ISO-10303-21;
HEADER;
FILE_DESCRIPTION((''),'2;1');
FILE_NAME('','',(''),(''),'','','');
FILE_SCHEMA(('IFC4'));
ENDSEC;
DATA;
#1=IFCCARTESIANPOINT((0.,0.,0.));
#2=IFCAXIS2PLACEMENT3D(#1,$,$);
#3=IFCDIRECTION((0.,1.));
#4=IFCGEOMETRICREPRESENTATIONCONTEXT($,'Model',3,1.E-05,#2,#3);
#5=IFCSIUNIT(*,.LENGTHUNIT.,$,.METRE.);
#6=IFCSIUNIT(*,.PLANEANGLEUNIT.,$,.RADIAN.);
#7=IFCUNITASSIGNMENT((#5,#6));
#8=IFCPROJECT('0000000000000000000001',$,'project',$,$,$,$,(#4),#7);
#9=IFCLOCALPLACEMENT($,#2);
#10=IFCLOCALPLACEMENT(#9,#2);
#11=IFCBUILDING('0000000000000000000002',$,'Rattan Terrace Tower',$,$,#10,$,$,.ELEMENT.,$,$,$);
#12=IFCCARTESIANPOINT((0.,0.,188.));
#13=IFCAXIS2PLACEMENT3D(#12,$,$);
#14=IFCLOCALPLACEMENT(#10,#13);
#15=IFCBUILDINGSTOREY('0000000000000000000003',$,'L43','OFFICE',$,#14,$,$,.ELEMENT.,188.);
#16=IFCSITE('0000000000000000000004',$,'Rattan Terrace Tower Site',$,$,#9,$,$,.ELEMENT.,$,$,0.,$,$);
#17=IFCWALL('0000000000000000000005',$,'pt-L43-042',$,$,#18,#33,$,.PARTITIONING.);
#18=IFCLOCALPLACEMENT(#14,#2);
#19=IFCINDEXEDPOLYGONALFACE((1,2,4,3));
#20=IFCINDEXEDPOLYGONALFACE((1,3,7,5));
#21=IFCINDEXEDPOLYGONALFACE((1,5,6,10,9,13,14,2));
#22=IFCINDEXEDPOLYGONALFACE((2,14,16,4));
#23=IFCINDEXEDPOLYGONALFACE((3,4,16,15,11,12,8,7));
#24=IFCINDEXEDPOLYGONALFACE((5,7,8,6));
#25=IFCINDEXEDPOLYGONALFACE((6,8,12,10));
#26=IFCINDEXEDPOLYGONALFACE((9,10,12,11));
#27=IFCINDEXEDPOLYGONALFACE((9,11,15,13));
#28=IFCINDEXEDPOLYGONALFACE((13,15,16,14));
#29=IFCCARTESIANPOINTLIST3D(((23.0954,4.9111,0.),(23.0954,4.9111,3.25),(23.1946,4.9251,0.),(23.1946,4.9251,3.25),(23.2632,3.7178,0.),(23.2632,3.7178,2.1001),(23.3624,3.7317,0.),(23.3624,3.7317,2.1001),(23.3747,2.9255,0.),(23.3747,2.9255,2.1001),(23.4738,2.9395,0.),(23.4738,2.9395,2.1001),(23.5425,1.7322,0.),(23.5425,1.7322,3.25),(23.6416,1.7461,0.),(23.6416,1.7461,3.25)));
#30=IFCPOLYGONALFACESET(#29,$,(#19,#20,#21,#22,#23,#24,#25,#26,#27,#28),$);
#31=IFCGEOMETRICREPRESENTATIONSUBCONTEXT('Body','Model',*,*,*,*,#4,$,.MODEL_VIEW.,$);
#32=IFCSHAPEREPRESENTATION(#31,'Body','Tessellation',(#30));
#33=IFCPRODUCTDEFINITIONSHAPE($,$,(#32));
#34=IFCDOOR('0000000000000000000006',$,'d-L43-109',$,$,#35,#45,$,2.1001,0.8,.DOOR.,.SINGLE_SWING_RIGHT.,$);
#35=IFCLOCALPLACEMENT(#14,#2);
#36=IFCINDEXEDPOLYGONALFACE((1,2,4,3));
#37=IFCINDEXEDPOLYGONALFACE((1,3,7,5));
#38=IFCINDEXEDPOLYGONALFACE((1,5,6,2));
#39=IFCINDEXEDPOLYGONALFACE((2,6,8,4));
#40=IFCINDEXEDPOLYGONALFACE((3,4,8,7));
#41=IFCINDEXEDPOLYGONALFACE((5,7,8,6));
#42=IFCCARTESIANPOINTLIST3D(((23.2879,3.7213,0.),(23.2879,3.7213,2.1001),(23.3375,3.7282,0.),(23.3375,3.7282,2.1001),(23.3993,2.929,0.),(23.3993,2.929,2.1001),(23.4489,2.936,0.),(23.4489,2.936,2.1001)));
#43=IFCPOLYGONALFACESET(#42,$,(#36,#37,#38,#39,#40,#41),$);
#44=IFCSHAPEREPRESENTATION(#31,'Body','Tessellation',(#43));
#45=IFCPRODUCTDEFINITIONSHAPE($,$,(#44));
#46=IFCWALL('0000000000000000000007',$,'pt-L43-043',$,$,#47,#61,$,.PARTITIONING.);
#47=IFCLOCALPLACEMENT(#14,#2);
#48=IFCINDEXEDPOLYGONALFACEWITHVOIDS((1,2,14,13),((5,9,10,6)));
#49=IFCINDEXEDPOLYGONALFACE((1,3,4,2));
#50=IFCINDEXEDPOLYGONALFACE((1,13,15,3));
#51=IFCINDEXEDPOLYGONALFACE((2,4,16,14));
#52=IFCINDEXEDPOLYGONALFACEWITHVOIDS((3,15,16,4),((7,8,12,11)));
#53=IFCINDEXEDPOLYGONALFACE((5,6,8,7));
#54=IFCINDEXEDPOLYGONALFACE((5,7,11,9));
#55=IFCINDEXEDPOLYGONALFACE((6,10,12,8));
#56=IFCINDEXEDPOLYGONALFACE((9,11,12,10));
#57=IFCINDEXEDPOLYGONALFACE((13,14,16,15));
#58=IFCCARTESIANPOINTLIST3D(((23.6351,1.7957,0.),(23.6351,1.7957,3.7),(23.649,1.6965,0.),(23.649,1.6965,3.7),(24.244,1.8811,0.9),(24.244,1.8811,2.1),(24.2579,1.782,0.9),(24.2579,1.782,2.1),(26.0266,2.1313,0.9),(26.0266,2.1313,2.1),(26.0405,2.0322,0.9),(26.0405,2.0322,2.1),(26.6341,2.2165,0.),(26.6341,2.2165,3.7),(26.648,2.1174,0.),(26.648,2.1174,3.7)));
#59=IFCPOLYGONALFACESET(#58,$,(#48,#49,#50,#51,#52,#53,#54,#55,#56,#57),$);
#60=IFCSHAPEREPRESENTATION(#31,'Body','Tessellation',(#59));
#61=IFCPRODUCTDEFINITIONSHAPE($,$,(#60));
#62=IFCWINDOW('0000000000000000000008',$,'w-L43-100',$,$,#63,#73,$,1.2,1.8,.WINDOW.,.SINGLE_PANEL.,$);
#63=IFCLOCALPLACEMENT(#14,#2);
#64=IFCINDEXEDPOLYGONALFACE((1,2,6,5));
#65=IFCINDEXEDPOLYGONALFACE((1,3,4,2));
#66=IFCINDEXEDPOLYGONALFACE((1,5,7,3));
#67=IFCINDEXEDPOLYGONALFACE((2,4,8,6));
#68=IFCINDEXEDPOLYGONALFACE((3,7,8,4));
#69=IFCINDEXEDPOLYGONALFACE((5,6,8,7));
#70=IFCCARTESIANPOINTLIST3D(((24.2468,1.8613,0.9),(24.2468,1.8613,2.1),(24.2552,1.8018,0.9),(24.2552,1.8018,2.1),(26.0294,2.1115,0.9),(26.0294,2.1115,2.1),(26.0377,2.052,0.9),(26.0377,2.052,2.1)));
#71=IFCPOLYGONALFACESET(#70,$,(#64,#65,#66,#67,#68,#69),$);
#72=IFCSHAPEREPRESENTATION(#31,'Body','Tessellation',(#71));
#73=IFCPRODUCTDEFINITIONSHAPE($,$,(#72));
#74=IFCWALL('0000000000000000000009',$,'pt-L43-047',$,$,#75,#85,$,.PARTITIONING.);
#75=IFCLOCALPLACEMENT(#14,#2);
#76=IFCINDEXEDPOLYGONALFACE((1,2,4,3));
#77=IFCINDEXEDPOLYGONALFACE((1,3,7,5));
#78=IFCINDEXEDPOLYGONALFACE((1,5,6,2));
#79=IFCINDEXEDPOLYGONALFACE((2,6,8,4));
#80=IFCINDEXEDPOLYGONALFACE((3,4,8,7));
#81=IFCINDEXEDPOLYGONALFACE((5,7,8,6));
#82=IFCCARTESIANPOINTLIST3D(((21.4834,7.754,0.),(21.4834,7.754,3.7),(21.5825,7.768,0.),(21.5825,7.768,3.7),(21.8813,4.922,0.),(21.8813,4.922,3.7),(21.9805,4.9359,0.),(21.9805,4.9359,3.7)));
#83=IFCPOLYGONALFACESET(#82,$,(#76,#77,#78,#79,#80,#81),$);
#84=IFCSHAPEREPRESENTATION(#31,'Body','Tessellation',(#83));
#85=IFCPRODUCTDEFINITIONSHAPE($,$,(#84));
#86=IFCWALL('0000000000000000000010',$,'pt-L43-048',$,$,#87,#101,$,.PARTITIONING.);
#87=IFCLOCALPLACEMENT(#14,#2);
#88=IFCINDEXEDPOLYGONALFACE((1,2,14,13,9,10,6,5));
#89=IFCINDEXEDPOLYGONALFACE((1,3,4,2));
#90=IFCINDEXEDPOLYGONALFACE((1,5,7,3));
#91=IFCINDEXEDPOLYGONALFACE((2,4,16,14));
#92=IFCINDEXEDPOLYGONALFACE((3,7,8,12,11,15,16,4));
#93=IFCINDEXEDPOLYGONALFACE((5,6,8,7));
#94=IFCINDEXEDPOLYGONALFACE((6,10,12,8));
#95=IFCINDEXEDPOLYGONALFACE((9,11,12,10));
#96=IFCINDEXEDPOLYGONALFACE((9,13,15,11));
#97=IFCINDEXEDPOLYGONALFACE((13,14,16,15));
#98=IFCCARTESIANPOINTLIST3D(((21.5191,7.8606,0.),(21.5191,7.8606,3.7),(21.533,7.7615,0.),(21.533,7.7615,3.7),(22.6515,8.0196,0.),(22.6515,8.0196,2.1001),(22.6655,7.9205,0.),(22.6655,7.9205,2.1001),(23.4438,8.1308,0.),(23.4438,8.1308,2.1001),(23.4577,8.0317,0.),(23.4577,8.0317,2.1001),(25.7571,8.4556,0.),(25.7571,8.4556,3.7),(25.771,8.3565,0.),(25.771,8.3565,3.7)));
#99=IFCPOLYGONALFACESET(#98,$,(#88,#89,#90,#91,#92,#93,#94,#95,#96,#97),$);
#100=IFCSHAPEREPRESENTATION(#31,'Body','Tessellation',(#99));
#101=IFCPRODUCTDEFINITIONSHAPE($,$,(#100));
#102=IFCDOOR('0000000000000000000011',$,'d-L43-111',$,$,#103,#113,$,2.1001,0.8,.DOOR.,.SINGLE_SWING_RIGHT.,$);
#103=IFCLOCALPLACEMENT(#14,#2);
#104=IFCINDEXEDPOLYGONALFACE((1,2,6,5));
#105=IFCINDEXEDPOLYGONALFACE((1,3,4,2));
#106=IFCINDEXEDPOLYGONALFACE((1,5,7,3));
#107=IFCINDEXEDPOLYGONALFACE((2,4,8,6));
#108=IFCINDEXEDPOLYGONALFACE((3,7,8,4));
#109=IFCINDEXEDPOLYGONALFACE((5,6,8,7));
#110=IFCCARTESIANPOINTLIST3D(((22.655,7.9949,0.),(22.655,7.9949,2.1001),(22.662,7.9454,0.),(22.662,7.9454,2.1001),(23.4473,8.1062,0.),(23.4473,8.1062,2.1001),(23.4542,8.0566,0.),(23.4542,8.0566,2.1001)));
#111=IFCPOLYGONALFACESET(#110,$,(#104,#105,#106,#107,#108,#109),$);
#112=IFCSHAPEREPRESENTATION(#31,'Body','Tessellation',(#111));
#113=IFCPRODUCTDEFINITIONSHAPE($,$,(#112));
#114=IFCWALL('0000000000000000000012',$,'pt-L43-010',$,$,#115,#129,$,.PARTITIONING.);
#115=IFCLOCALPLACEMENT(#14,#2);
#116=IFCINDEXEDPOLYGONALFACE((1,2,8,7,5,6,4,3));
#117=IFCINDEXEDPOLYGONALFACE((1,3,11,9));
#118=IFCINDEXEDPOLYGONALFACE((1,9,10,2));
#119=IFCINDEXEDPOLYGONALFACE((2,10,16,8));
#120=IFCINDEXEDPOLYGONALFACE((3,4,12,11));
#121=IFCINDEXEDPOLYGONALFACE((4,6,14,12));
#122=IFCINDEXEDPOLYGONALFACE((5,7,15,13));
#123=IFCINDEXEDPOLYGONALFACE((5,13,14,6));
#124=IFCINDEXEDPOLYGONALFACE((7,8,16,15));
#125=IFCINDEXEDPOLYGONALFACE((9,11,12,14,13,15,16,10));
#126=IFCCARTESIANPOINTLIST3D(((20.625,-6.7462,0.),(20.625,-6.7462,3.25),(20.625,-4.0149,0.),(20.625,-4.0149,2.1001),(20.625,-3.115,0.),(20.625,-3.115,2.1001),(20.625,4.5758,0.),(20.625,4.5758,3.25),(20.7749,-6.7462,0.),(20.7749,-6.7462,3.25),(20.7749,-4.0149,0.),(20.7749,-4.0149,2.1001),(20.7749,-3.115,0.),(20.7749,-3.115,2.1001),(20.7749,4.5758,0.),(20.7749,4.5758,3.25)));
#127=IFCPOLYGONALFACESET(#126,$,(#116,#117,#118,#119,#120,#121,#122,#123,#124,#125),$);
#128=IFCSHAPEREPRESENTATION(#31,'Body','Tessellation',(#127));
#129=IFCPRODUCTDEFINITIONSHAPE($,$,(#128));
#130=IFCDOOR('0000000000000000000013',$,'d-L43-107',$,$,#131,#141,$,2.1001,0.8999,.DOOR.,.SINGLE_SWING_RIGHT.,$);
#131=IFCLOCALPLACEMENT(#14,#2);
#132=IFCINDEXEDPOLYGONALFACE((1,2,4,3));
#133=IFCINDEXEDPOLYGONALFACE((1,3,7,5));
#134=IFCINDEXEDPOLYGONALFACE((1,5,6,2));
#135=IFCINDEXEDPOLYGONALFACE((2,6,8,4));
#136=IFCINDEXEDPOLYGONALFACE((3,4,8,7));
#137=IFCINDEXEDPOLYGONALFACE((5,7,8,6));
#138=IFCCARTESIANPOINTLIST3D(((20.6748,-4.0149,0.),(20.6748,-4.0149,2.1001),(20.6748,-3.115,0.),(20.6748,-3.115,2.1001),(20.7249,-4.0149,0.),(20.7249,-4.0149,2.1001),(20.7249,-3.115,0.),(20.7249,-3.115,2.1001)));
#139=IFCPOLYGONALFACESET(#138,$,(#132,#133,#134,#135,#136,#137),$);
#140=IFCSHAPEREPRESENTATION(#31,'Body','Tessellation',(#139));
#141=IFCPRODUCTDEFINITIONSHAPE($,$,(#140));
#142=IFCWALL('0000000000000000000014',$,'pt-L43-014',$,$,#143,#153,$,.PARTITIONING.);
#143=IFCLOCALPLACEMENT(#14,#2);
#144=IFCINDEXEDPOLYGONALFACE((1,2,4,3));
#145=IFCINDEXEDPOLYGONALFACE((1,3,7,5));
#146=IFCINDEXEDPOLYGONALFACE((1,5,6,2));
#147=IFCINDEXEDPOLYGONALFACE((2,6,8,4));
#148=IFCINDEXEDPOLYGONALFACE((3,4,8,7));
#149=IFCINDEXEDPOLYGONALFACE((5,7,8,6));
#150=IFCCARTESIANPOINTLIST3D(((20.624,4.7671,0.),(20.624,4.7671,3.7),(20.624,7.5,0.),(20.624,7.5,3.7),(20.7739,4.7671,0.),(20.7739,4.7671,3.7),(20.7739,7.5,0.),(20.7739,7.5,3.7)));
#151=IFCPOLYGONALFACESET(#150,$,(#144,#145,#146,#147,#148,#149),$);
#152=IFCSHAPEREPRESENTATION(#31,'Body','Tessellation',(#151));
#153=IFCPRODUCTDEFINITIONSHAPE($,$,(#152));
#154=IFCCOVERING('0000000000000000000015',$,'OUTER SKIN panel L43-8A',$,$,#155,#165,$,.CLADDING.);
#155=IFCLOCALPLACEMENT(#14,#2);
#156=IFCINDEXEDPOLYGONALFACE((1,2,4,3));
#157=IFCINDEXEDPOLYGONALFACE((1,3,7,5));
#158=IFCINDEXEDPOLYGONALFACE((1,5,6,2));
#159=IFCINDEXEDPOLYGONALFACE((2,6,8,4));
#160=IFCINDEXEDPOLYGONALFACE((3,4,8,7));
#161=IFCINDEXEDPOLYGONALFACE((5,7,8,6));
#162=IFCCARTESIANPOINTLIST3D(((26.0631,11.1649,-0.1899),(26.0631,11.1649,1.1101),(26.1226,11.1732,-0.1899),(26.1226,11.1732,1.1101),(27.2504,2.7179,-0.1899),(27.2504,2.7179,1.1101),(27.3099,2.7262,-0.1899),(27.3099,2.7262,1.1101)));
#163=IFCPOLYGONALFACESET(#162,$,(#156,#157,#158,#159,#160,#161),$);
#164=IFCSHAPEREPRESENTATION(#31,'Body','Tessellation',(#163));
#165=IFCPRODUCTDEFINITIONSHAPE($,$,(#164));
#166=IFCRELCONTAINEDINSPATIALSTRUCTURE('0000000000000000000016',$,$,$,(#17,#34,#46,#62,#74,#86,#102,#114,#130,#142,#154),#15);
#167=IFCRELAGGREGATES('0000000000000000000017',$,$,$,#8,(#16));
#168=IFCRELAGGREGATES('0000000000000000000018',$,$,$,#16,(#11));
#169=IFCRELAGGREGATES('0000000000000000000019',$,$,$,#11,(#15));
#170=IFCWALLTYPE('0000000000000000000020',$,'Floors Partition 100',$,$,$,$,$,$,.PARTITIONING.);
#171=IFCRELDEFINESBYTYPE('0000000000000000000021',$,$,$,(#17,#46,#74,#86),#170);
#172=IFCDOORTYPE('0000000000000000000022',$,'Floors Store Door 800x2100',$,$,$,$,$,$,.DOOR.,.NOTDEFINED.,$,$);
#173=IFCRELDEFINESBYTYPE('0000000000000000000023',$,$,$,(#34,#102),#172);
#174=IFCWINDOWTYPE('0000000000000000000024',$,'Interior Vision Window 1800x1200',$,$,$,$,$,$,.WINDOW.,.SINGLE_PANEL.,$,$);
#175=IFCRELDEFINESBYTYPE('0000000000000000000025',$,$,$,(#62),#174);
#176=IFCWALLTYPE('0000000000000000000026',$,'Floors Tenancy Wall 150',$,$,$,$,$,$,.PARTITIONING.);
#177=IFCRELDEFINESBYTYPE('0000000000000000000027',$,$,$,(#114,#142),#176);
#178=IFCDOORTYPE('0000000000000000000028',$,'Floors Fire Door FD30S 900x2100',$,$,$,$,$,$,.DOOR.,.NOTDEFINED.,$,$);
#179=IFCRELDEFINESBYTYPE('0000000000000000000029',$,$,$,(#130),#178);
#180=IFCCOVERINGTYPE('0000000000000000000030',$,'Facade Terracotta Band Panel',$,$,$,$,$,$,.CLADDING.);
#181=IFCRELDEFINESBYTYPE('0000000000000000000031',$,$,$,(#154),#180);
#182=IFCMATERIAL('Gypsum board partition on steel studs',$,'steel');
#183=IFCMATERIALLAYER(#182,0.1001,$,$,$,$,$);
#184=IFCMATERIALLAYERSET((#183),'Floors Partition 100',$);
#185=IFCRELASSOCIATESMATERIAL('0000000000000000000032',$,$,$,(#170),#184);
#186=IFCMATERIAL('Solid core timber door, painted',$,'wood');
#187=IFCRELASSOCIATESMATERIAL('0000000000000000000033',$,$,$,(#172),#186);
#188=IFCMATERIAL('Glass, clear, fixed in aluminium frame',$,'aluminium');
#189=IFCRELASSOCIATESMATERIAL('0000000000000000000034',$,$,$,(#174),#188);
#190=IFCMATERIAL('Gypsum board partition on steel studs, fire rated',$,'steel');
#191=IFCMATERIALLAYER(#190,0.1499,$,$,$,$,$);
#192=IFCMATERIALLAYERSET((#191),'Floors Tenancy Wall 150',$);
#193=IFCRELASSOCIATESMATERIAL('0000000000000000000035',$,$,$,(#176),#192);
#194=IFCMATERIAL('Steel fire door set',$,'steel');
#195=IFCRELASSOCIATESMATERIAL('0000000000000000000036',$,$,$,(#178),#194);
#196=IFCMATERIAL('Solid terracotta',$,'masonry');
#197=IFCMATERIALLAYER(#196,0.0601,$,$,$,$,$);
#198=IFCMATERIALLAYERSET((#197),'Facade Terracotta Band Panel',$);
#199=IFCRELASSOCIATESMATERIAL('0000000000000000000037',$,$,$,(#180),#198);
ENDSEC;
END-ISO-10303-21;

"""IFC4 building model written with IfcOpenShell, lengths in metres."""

from ifc_helpers import new_model, si_unit, direction, frame, frame_2d, origin, origin_2d, place, context, subcontext, project, spatial, rectangle, extrude, material, layer, layer_set, type_object, element, fill, save


model = new_model("IFC4")

# Units and contexts
model_context = context("Model", 3, precision=1e-05, world=origin(), true_north=direction((0.0, 1.0)))
body_context = subcontext(model_context, "Body", "Model", "MODEL_VIEW")
ifc_project = project(units=[si_unit("LENGTHUNIT", "METRE"), si_unit("PLANEANGLEUNIT", "RADIAN")], contexts=[model_context])

# Site, building, storey
site_placement = place(None, origin())
site = spatial("IfcSite", under=ifc_project, at=site_placement, Name="Rattan Terrace Tower Site", CompositionType="ELEMENT", RefElevation=0.0)
building_placement = place(site_placement, origin())
building = spatial("IfcBuilding", under=site, at=building_placement, Name="Rattan Terrace Tower", CompositionType="ELEMENT")
storey_placement = place(building_placement, frame((0.0, 0.0, 188.0)))
storey = spatial("IfcBuildingStorey", under=building, at=storey_placement, Name="L43", Description="OFFICE", CompositionType="ELEMENT", Elevation=188.0)

# Wall, opening, door
ifc_material_1 = material(Name="Gypsum board partition on steel studs", Category="steel")
ifc_layer_1 = layer(ifc_material_1, 0.1001)
ifc_layer_set_1 = layer_set([ifc_layer_1], Name="Floors Partition 100")
wall_type_1 = type_object("IfcWallType", Name="Floors Partition 100", PredefinedType="PARTITIONING", material=ifc_layer_set_1)
wall_1_placement = place(storey_placement, frame((23.145, 4.918, 0.0), z_axis=(0.0, 0.0, 1.0), x_axis=(0.139249, -0.990257, 0.0)))
wall_1 = element("IfcWall", 1, at=wall_1_placement, inside=storey, type_object=wall_type_1, Name="pt-L43-042", PredefinedType="PARTITIONING", context=body_context, shape_type="SweptSolid", body=[
    extrude(rectangle(XDim=3.2102, YDim=0.1001, at=frame_2d((1.605, 0.0))), origin(), (0.0, 0.0, 1.0), 3.25),
])
opening_1_placement = place(wall_1_placement, frame((1.2051, 0.0, 0.0)))
opening_1 = element("IfcOpeningElement", 2, at=opening_1_placement, cuts=wall_1, PredefinedType="OPENING", context=body_context, shape_type="SweptSolid", body=[
    extrude(rectangle(XDim=0.8, YDim=2.1001, at=frame_2d((0.3999, 1.05))), frame((0.0, 0.0605, 0.0), z_axis=(0.0, -1.0, 0.0), x_axis=(1.0, 0.0, 0.0)), (0.0, 0.0, 1.0), 0.1211),
])
ifc_material_2 = material(Name="Solid core timber door, painted", Category="wood")
door_type_1 = type_object("IfcDoorType", Name="Floors Store Door 800x2100", OperationType="NOTDEFINED", PredefinedType="DOOR", material=ifc_material_2)
door_1_placement = place(opening_1_placement, origin())
door_1 = element("IfcDoor", 3, at=door_1_placement, inside=storey, type_object=door_type_1, Name="d-L43-109", OperationType="SINGLE_SWING_RIGHT", OverallHeight=2.1001, OverallWidth=0.8, PredefinedType="DOOR", context=body_context, shape_type="SweptSolid", body=[
    extrude(rectangle(XDim=0.8, YDim=2.1001, at=frame_2d((0.3999, 1.05))), frame((0.0, 0.0249, 0.0), z_axis=(0.0, -1.0, 0.0), x_axis=(1.0, 0.0, 0.0)), (0.0, 0.0, 1.0), 0.05),
])
fill(opening_1, door_1)

# Wall, opening, window
wall_2_placement = place(storey_placement, frame((23.6421, 1.7461, 0.0), z_axis=(0.0, 0.0, 1.0), x_axis=(0.990295, 0.138983, 0.0)))
wall_2 = element("IfcWall", 4, at=wall_2_placement, inside=storey, type_object=wall_type_1, Name="pt-L43-043", PredefinedType="PARTITIONING", context=body_context, shape_type="SweptSolid", body=[
    extrude(rectangle(XDim=3.0283, YDim=0.1001, at=frame_2d((1.5142, 0.0))), origin(), (0.0, 0.0, 1.0), 3.7),
])
opening_2_placement = place(wall_2_placement, frame((0.615, 0.0, 0.8999)))
opening_2 = element("IfcOpeningElement", 5, at=opening_2_placement, cuts=wall_2, PredefinedType="OPENING", context=body_context, shape_type="SweptSolid", body=[
    extrude(rectangle(XDim=1.8, YDim=1.2, at=frame_2d((0.8999, 0.6001))), frame((0.0, 0.0605, 0.0), z_axis=(0.0, -1.0, 0.0), x_axis=(1.0, 0.0, 0.0)), (0.0, 0.0, 1.0), 0.1211),
])
ifc_material_3 = material(Name="Glass, clear, fixed in aluminium frame", Category="aluminium")
window_type = type_object("IfcWindowType", Name="Interior Vision Window 1800x1200", PartitioningType="SINGLE_PANEL", PredefinedType="WINDOW", material=ifc_material_3)
window_placement = place(opening_2_placement, origin())
window = element("IfcWindow", 6, at=window_placement, inside=storey, type_object=window_type, Name="w-L43-100", OverallHeight=1.2, OverallWidth=1.8, PartitioningType="SINGLE_PANEL", PredefinedType="WINDOW", context=body_context, shape_type="SweptSolid", body=[
    extrude(rectangle(XDim=1.8, YDim=1.2, at=frame_2d((0.8999, 0.6001))), frame((0.0, 0.03, 0.0), z_axis=(0.0, -1.0, 0.0), x_axis=(1.0, 0.0, 0.0)), (0.0, 0.0, 1.0), 0.0601),
])
fill(opening_2, window)

# Wall
wall_3_placement = place(storey_placement, frame((21.533, 7.761, 0.0), z_axis=(0.0, 0.0, 1.0), x_axis=(0.13915, -0.990271, 0.0)))
element("IfcWall", 7, at=wall_3_placement, inside=storey, type_object=wall_type_1, Name="pt-L43-047", PredefinedType="PARTITIONING", context=body_context, shape_type="SweptSolid", body=[
    extrude(rectangle(XDim=2.8599, YDim=0.1001, at=frame_2d((1.4299, 0.0))), origin(), (0.0, 0.0, 1.0), 3.7),
])

# Walls, openings, doors
wall_4_placement = place(storey_placement, frame((25.7639, 8.406, 0.0), z_axis=(0.0, 0.0, 1.0), x_axis=(-0.990289, -0.139025, 0.0)))
wall_4 = element("IfcWall", 8, at=wall_4_placement, inside=storey, type_object=wall_type_1, Name="pt-L43-048", PredefinedType="PARTITIONING", context=body_context, shape_type="SweptSolid", body=[
    extrude(rectangle(XDim=4.2795, YDim=0.1001, at=frame_2d((2.1396, 0.0))), origin(), (0.0, 0.0, 1.0), 3.7),
])
opening_3_placement = place(wall_4_placement, frame((2.3359, 0.0, 0.0)))
opening_3 = element("IfcOpeningElement", 9, at=opening_3_placement, cuts=wall_4, PredefinedType="OPENING", context=body_context, shape_type="SweptSolid", body=[
    extrude(rectangle(XDim=0.8, YDim=2.1001, at=frame_2d((0.3999, 1.05))), frame((0.0, 0.0605, 0.0), z_axis=(0.0, -1.0, 0.0), x_axis=(1.0, 0.0, 0.0)), (0.0, 0.0, 1.0), 0.1211),
])
door_2_placement = place(opening_3_placement, origin())
door_2 = element("IfcDoor", 10, at=door_2_placement, inside=storey, type_object=door_type_1, Name="d-L43-111", OperationType="SINGLE_SWING_RIGHT", OverallHeight=2.1001, OverallWidth=0.8, PredefinedType="DOOR", context=body_context, shape_type="SweptSolid", body=[
    extrude(rectangle(XDim=0.8, YDim=2.1001, at=frame_2d((0.3999, 1.05))), frame((0.0, 0.0249, 0.0), z_axis=(0.0, -1.0, 0.0), x_axis=(1.0, 0.0, 0.0)), (0.0, 0.0, 1.0), 0.05),
])
fill(opening_3, door_2)
ifc_material_4 = material(Name="Gypsum board partition on steel studs, fire rated", Category="steel")
ifc_layer_2 = layer(ifc_material_4, 0.1499)
ifc_layer_set_2 = layer_set([ifc_layer_2], Name="Floors Tenancy Wall 150")
wall_type_2 = type_object("IfcWallType", Name="Floors Tenancy Wall 150", PredefinedType="PARTITIONING", material=ifc_layer_set_2)
wall_5_placement = place(storey_placement, frame((20.7, 4.5759, 0.0), z_axis=(0.0, 0.0, 1.0), x_axis=(0.0, -1.0, 0.0)))
wall_5 = element("IfcWall", 11, at=wall_5_placement, inside=storey, type_object=wall_type_2, Name="pt-L43-010", PredefinedType="PARTITIONING", context=body_context, shape_type="SweptSolid", body=[
    extrude(rectangle(XDim=11.322, YDim=0.1499, at=frame_2d((5.6611, 0.0))), origin(), (0.0, 0.0, 1.0), 3.25),
])
opening_4_placement = place(wall_5_placement, frame((7.6909, 0.0, 0.0)))
opening_4 = element("IfcOpeningElement", 12, at=opening_4_placement, cuts=wall_5, PredefinedType="OPENING", context=body_context, shape_type="SweptSolid", body=[
    extrude(rectangle(XDim=0.8999, YDim=2.1001, at=frame_2d((0.45, 1.05))), frame((0.0, 0.0854, 0.0), z_axis=(0.0, -1.0, 0.0), x_axis=(1.0, 0.0, 0.0)), (0.0, 0.0, 1.0), 0.1709),
])
ifc_material_5 = material(Name="Steel fire door set", Category="steel")
door_type_2 = type_object("IfcDoorType", Name="Floors Fire Door FD30S 900x2100", OperationType="NOTDEFINED", PredefinedType="DOOR", material=ifc_material_5)
door_3_placement = place(opening_4_placement, origin())
door_3 = element("IfcDoor", 13, at=door_3_placement, inside=storey, type_object=door_type_2, Name="d-L43-107", OperationType="SINGLE_SWING_RIGHT", OverallHeight=2.1001, OverallWidth=0.8999, PredefinedType="DOOR", context=body_context, shape_type="SweptSolid", body=[
    extrude(rectangle(XDim=0.8999, YDim=2.1001, at=frame_2d((0.45, 1.05))), frame((0.0, 0.0249, 0.0), z_axis=(0.0, -1.0, 0.0), x_axis=(1.0, 0.0, 0.0)), (0.0, 0.0, 1.0), 0.05),
])
fill(opening_4, door_3)

# Wall
wall_6_placement = place(storey_placement, frame((20.699, 7.5, 0.0), z_axis=(0.0, 0.0, 1.0), x_axis=(0.0, -1.0, 0.0)))
element("IfcWall", 14, at=wall_6_placement, inside=storey, type_object=wall_type_2, Name="pt-L43-014", PredefinedType="PARTITIONING", context=body_context, shape_type="SweptSolid", body=[
    extrude(rectangle(XDim=2.7329, YDim=0.1499, at=frame_2d((1.3665, 0.0))), origin(), (0.0, 0.0, 1.0), 3.7),
])

# Covering
ifc_material_6 = material(Name="Solid terracotta", Category="masonry")
ifc_layer_3 = layer(ifc_material_6, 0.0601)
ifc_layer_set_3 = layer_set([ifc_layer_3], Name="Facade Terracotta Band Panel")
covering_type_1 = type_object("IfcCoveringType", Name="Facade Terracotta Band Panel", PredefinedType="CLADDING", material=ifc_layer_set_3)
covering_1_placement = place(storey_placement, frame((26.6865, 6.9456, -0.1899), z_axis=(0.0, 0.0, 1.0), x_axis=(-0.139191, 0.990266, 0.0)))
element("IfcCovering", 15, at=covering_1_placement, inside=storey, type_object=covering_type_1, Name="OUTER SKIN panel L43-8A", PredefinedType="CLADDING", context=body_context, shape_type="SweptSolid", body=[
    extrude(rectangle(XDim=8.53, YDim=0.0601, at=origin_2d()), origin(), (0.0, 0.0, 1.0), 1.3),
])

save(model, "model.ifc")
